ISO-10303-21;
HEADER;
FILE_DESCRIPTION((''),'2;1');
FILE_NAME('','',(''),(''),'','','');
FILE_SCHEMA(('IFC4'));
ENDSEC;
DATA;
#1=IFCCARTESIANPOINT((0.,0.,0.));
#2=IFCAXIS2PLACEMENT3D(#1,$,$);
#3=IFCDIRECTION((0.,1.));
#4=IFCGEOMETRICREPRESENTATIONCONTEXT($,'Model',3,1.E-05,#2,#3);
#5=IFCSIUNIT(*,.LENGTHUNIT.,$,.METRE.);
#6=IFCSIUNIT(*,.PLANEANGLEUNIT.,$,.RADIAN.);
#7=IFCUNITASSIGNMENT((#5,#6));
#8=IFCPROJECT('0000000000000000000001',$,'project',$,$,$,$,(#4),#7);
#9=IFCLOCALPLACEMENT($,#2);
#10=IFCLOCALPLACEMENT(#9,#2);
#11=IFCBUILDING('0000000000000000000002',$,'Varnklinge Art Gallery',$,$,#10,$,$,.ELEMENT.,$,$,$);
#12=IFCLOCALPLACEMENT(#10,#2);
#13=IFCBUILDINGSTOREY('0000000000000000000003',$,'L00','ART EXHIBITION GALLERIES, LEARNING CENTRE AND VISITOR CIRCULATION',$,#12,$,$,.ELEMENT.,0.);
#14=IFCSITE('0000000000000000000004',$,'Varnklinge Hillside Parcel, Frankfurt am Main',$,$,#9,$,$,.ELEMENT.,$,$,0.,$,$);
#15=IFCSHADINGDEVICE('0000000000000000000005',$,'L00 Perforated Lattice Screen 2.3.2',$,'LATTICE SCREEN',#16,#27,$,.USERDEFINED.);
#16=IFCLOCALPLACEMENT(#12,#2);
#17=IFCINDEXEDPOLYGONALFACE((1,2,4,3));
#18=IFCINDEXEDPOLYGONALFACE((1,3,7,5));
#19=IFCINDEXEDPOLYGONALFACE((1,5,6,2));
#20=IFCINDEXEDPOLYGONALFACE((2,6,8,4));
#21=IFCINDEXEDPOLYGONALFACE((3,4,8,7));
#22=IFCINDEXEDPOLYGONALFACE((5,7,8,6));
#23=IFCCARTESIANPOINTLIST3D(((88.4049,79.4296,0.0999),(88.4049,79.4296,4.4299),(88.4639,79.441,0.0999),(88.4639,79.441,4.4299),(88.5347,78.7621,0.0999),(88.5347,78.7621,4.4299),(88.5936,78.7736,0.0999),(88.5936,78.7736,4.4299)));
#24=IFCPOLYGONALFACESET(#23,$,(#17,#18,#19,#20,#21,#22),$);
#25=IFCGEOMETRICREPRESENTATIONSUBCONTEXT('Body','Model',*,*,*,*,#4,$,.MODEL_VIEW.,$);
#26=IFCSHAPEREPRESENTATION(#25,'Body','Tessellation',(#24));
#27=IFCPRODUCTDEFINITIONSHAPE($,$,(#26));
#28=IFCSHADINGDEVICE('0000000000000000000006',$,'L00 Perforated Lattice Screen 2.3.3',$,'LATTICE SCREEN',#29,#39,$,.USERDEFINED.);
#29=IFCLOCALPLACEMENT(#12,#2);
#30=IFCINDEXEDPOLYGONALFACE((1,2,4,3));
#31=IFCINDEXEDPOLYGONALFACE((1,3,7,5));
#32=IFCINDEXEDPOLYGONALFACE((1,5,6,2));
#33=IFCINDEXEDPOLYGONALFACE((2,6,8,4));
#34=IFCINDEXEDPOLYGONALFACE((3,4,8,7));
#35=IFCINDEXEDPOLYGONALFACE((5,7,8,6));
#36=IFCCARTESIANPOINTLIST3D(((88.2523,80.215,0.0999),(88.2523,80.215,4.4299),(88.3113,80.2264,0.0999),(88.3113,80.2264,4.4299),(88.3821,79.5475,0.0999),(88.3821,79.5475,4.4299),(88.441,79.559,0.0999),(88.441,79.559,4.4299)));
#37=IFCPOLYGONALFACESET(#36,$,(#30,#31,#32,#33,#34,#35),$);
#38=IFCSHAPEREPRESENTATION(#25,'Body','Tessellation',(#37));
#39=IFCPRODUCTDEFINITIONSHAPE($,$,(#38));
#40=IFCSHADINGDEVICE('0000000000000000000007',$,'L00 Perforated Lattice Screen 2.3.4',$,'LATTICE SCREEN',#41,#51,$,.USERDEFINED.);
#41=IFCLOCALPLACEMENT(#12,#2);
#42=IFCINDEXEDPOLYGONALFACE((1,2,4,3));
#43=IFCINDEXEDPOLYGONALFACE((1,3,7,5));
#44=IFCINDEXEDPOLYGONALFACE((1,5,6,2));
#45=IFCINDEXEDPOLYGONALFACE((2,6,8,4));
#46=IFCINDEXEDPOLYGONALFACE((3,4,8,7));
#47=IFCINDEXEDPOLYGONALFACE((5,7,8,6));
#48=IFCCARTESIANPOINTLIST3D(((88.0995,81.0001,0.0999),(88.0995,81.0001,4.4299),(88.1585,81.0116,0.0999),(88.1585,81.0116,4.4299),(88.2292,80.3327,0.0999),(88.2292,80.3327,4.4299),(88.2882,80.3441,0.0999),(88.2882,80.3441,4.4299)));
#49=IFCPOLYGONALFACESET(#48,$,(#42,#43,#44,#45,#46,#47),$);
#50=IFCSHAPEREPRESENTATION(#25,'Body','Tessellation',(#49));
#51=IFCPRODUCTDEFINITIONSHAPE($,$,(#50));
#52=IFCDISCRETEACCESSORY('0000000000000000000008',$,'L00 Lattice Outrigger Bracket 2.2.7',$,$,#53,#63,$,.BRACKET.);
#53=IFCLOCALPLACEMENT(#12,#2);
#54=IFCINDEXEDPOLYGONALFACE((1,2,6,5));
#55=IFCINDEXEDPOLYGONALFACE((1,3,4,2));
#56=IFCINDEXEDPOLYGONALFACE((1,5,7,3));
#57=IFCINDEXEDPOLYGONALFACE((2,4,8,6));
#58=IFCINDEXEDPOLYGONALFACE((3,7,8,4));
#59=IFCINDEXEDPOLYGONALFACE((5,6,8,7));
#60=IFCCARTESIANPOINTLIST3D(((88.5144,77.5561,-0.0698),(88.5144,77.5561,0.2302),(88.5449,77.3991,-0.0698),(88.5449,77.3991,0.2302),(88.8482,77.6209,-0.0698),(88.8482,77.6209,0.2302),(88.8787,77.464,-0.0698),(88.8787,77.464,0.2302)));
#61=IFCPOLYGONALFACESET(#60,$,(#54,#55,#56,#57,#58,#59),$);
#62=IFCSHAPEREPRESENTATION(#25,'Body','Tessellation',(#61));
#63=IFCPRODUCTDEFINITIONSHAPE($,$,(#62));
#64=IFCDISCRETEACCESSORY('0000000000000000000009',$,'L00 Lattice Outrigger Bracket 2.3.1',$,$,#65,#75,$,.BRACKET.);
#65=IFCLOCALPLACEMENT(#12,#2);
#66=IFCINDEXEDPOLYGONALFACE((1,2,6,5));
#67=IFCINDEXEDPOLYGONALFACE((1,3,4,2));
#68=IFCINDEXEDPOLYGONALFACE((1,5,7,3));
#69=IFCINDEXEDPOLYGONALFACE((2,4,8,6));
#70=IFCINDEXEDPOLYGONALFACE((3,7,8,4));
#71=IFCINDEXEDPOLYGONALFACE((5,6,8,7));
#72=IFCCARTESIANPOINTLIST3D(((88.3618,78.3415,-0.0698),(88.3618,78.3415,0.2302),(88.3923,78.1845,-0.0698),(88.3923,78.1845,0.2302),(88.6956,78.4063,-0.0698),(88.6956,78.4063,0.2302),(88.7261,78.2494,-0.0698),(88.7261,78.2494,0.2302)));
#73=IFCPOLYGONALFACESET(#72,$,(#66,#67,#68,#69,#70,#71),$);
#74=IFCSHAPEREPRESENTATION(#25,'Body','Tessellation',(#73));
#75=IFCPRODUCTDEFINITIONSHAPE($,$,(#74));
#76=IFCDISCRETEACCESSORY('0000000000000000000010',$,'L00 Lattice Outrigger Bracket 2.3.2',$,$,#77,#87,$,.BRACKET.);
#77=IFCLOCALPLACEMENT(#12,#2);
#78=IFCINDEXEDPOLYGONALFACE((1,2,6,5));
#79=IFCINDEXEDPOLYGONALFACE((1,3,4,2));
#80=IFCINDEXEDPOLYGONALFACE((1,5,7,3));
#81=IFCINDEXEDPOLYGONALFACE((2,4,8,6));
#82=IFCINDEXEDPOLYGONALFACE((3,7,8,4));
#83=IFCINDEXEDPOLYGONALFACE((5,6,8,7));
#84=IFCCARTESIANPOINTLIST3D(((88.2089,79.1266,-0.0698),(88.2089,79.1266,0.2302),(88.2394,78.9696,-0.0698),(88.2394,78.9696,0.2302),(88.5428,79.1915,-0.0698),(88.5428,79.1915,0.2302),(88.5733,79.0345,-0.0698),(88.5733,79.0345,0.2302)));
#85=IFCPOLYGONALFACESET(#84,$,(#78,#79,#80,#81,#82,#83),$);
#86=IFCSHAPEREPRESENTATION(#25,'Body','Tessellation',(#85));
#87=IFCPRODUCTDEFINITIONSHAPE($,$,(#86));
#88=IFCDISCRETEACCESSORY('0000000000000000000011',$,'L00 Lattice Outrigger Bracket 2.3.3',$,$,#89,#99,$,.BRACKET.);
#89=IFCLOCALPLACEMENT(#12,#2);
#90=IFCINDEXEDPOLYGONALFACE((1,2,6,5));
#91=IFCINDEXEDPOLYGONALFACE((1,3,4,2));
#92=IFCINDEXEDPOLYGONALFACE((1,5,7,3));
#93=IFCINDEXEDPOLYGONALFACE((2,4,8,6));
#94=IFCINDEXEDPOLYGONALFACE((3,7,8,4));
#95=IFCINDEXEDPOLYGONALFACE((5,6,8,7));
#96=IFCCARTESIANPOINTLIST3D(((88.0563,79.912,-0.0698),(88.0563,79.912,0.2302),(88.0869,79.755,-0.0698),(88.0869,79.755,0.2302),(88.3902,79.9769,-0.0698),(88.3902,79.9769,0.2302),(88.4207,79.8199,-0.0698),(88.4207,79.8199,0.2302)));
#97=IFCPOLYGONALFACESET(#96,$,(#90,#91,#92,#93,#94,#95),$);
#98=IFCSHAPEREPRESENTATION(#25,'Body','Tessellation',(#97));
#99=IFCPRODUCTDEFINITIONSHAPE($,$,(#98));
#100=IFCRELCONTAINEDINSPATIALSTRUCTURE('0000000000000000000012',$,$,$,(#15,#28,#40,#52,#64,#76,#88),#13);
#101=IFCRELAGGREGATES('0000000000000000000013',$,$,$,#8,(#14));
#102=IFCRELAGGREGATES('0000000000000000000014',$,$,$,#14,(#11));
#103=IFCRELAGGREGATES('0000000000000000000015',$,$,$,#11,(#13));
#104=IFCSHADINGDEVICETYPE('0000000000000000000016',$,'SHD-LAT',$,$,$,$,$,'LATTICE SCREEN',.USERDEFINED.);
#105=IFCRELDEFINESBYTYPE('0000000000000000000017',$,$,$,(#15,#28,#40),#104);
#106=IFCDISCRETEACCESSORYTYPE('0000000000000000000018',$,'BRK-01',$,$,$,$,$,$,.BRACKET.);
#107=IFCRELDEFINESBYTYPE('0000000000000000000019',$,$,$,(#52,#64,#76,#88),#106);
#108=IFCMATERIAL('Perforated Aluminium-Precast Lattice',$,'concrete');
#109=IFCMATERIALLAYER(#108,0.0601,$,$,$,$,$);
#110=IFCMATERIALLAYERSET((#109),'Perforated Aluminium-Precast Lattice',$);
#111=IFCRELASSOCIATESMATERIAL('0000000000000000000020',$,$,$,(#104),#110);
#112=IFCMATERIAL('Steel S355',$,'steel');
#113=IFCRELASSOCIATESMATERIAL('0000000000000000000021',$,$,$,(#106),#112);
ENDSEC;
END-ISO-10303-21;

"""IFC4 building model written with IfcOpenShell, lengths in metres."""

from ifc_helpers import new_model, si_unit, direction, frame, origin, origin_2d, place, context, subcontext, project, spatial, rectangle, extrude, material, layer, layer_set, type_object, element, save


model = new_model("IFC4")

# Units and contexts
model_context = context("Model", 3, precision=1e-05, world=origin(), true_north=direction((0.0, 1.0)))
body_context = subcontext(model_context, "Body", "Model", "MODEL_VIEW")
ifc_project = project(units=[si_unit("LENGTHUNIT", "METRE"), si_unit("PLANEANGLEUNIT", "RADIAN")], contexts=[model_context])

# Site, building, storey
site_placement = place(None, origin())
site = spatial("IfcSite", under=ifc_project, at=site_placement, Name="Varnklinge Hillside Parcel, Frankfurt am Main", CompositionType="ELEMENT", RefElevation=0.0)
building_placement = place(site_placement, origin())
building = spatial("IfcBuilding", under=site, at=building_placement, Name="Varnklinge Art Gallery", CompositionType="ELEMENT")
storey_placement = place(building_placement, origin())
storey = spatial("IfcBuildingStorey", under=building, at=storey_placement, Name="L00", Description="ART EXHIBITION GALLERIES, LEARNING CENTRE AND VISITOR CIRCULATION", CompositionType="ELEMENT", Elevation=0.0)

# Shading devices
ifc_material_1 = material(Name="Perforated Aluminium-Precast Lattice", Category="concrete")
ifc_layer_1 = layer(ifc_material_1, 0.0601)
ifc_layer_set_1 = layer_set([ifc_layer_1], Name="Perforated Aluminium-Precast Lattice")
shading_device_type = type_object("IfcShadingDeviceType", Name="SHD-LAT", ElementType="LATTICE SCREEN", PredefinedType="USERDEFINED", material=ifc_layer_set_1)
for number, where, z_axis, x_axis, name in (
    (1, (88.4993, 79.1016, 0.0999), (0.0, 0.0, 1.0), (-0.190809, 0.981627, 0.0), "L00 Perforated Lattice Screen 2.3.2"),
    (2, (88.3467, 79.887, 0.0999), (0.0, 0.0, 1.0), (-0.190809, 0.981627, 0.0), "L00 Perforated Lattice Screen 2.3.3"),
    (3, (88.1938, 80.6721, 0.0999), (0.0, 0.0, 1.0), (-0.190809, 0.981627, 0.0), "L00 Perforated Lattice Screen 2.3.4"),
):
    element("IfcShadingDevice", number, at=place(storey_placement, frame(where, z_axis=z_axis, x_axis=x_axis)), inside=storey, type_object=shading_device_type, Name=name, ObjectType="LATTICE SCREEN", PredefinedType="USERDEFINED", context=body_context, shape_type="SweptSolid", body=[
        extrude(rectangle(XDim=0.6799, YDim=0.0601, at=origin_2d()), origin(), (0.0, 0.0, 1.0), 4.3301),
    ])

# Discrete accessories
ifc_material_2 = material(Name="Steel S355", Category="steel")
discrete_accessory_type = type_object("IfcDiscreteAccessoryType", Name="BRK-01", PredefinedType="BRACKET", material=ifc_material_2)
for number, where, z_axis, x_axis, name in (
    (4, (88.6965, 77.51, -0.0698), (0.0, 0.0, 1.0), (-0.190809, 0.981627, 0.0), "L00 Lattice Outrigger Bracket 2.2.7"),
    (5, (88.5439, 78.2954, -0.0698), (0.0, 0.0, 1.0), (-0.190809, 0.981627, 0.0), "L00 Lattice Outrigger Bracket 2.3.1"),
    (6, (88.3911, 79.0806, -0.0698), (0.0, 0.0, 1.0), (-0.190809, 0.981627, 0.0), "L00 Lattice Outrigger Bracket 2.3.2"),
    (7, (88.2385, 79.866, -0.0698), (0.0, 0.0, 1.0), (-0.190809, 0.981627, 0.0), "L00 Lattice Outrigger Bracket 2.3.3"),
):
    element("IfcDiscreteAccessory", number, at=place(storey_placement, frame(where, z_axis=z_axis, x_axis=x_axis)), inside=storey, type_object=discrete_accessory_type, Name=name, PredefinedType="BRACKET", context=body_context, shape_type="SweptSolid", body=[
        extrude(rectangle(XDim=0.1599, YDim=0.3401, at=origin_2d()), origin(), (0.0, 0.0, 1.0), 0.3),
    ])

save(model, "model.ifc")
